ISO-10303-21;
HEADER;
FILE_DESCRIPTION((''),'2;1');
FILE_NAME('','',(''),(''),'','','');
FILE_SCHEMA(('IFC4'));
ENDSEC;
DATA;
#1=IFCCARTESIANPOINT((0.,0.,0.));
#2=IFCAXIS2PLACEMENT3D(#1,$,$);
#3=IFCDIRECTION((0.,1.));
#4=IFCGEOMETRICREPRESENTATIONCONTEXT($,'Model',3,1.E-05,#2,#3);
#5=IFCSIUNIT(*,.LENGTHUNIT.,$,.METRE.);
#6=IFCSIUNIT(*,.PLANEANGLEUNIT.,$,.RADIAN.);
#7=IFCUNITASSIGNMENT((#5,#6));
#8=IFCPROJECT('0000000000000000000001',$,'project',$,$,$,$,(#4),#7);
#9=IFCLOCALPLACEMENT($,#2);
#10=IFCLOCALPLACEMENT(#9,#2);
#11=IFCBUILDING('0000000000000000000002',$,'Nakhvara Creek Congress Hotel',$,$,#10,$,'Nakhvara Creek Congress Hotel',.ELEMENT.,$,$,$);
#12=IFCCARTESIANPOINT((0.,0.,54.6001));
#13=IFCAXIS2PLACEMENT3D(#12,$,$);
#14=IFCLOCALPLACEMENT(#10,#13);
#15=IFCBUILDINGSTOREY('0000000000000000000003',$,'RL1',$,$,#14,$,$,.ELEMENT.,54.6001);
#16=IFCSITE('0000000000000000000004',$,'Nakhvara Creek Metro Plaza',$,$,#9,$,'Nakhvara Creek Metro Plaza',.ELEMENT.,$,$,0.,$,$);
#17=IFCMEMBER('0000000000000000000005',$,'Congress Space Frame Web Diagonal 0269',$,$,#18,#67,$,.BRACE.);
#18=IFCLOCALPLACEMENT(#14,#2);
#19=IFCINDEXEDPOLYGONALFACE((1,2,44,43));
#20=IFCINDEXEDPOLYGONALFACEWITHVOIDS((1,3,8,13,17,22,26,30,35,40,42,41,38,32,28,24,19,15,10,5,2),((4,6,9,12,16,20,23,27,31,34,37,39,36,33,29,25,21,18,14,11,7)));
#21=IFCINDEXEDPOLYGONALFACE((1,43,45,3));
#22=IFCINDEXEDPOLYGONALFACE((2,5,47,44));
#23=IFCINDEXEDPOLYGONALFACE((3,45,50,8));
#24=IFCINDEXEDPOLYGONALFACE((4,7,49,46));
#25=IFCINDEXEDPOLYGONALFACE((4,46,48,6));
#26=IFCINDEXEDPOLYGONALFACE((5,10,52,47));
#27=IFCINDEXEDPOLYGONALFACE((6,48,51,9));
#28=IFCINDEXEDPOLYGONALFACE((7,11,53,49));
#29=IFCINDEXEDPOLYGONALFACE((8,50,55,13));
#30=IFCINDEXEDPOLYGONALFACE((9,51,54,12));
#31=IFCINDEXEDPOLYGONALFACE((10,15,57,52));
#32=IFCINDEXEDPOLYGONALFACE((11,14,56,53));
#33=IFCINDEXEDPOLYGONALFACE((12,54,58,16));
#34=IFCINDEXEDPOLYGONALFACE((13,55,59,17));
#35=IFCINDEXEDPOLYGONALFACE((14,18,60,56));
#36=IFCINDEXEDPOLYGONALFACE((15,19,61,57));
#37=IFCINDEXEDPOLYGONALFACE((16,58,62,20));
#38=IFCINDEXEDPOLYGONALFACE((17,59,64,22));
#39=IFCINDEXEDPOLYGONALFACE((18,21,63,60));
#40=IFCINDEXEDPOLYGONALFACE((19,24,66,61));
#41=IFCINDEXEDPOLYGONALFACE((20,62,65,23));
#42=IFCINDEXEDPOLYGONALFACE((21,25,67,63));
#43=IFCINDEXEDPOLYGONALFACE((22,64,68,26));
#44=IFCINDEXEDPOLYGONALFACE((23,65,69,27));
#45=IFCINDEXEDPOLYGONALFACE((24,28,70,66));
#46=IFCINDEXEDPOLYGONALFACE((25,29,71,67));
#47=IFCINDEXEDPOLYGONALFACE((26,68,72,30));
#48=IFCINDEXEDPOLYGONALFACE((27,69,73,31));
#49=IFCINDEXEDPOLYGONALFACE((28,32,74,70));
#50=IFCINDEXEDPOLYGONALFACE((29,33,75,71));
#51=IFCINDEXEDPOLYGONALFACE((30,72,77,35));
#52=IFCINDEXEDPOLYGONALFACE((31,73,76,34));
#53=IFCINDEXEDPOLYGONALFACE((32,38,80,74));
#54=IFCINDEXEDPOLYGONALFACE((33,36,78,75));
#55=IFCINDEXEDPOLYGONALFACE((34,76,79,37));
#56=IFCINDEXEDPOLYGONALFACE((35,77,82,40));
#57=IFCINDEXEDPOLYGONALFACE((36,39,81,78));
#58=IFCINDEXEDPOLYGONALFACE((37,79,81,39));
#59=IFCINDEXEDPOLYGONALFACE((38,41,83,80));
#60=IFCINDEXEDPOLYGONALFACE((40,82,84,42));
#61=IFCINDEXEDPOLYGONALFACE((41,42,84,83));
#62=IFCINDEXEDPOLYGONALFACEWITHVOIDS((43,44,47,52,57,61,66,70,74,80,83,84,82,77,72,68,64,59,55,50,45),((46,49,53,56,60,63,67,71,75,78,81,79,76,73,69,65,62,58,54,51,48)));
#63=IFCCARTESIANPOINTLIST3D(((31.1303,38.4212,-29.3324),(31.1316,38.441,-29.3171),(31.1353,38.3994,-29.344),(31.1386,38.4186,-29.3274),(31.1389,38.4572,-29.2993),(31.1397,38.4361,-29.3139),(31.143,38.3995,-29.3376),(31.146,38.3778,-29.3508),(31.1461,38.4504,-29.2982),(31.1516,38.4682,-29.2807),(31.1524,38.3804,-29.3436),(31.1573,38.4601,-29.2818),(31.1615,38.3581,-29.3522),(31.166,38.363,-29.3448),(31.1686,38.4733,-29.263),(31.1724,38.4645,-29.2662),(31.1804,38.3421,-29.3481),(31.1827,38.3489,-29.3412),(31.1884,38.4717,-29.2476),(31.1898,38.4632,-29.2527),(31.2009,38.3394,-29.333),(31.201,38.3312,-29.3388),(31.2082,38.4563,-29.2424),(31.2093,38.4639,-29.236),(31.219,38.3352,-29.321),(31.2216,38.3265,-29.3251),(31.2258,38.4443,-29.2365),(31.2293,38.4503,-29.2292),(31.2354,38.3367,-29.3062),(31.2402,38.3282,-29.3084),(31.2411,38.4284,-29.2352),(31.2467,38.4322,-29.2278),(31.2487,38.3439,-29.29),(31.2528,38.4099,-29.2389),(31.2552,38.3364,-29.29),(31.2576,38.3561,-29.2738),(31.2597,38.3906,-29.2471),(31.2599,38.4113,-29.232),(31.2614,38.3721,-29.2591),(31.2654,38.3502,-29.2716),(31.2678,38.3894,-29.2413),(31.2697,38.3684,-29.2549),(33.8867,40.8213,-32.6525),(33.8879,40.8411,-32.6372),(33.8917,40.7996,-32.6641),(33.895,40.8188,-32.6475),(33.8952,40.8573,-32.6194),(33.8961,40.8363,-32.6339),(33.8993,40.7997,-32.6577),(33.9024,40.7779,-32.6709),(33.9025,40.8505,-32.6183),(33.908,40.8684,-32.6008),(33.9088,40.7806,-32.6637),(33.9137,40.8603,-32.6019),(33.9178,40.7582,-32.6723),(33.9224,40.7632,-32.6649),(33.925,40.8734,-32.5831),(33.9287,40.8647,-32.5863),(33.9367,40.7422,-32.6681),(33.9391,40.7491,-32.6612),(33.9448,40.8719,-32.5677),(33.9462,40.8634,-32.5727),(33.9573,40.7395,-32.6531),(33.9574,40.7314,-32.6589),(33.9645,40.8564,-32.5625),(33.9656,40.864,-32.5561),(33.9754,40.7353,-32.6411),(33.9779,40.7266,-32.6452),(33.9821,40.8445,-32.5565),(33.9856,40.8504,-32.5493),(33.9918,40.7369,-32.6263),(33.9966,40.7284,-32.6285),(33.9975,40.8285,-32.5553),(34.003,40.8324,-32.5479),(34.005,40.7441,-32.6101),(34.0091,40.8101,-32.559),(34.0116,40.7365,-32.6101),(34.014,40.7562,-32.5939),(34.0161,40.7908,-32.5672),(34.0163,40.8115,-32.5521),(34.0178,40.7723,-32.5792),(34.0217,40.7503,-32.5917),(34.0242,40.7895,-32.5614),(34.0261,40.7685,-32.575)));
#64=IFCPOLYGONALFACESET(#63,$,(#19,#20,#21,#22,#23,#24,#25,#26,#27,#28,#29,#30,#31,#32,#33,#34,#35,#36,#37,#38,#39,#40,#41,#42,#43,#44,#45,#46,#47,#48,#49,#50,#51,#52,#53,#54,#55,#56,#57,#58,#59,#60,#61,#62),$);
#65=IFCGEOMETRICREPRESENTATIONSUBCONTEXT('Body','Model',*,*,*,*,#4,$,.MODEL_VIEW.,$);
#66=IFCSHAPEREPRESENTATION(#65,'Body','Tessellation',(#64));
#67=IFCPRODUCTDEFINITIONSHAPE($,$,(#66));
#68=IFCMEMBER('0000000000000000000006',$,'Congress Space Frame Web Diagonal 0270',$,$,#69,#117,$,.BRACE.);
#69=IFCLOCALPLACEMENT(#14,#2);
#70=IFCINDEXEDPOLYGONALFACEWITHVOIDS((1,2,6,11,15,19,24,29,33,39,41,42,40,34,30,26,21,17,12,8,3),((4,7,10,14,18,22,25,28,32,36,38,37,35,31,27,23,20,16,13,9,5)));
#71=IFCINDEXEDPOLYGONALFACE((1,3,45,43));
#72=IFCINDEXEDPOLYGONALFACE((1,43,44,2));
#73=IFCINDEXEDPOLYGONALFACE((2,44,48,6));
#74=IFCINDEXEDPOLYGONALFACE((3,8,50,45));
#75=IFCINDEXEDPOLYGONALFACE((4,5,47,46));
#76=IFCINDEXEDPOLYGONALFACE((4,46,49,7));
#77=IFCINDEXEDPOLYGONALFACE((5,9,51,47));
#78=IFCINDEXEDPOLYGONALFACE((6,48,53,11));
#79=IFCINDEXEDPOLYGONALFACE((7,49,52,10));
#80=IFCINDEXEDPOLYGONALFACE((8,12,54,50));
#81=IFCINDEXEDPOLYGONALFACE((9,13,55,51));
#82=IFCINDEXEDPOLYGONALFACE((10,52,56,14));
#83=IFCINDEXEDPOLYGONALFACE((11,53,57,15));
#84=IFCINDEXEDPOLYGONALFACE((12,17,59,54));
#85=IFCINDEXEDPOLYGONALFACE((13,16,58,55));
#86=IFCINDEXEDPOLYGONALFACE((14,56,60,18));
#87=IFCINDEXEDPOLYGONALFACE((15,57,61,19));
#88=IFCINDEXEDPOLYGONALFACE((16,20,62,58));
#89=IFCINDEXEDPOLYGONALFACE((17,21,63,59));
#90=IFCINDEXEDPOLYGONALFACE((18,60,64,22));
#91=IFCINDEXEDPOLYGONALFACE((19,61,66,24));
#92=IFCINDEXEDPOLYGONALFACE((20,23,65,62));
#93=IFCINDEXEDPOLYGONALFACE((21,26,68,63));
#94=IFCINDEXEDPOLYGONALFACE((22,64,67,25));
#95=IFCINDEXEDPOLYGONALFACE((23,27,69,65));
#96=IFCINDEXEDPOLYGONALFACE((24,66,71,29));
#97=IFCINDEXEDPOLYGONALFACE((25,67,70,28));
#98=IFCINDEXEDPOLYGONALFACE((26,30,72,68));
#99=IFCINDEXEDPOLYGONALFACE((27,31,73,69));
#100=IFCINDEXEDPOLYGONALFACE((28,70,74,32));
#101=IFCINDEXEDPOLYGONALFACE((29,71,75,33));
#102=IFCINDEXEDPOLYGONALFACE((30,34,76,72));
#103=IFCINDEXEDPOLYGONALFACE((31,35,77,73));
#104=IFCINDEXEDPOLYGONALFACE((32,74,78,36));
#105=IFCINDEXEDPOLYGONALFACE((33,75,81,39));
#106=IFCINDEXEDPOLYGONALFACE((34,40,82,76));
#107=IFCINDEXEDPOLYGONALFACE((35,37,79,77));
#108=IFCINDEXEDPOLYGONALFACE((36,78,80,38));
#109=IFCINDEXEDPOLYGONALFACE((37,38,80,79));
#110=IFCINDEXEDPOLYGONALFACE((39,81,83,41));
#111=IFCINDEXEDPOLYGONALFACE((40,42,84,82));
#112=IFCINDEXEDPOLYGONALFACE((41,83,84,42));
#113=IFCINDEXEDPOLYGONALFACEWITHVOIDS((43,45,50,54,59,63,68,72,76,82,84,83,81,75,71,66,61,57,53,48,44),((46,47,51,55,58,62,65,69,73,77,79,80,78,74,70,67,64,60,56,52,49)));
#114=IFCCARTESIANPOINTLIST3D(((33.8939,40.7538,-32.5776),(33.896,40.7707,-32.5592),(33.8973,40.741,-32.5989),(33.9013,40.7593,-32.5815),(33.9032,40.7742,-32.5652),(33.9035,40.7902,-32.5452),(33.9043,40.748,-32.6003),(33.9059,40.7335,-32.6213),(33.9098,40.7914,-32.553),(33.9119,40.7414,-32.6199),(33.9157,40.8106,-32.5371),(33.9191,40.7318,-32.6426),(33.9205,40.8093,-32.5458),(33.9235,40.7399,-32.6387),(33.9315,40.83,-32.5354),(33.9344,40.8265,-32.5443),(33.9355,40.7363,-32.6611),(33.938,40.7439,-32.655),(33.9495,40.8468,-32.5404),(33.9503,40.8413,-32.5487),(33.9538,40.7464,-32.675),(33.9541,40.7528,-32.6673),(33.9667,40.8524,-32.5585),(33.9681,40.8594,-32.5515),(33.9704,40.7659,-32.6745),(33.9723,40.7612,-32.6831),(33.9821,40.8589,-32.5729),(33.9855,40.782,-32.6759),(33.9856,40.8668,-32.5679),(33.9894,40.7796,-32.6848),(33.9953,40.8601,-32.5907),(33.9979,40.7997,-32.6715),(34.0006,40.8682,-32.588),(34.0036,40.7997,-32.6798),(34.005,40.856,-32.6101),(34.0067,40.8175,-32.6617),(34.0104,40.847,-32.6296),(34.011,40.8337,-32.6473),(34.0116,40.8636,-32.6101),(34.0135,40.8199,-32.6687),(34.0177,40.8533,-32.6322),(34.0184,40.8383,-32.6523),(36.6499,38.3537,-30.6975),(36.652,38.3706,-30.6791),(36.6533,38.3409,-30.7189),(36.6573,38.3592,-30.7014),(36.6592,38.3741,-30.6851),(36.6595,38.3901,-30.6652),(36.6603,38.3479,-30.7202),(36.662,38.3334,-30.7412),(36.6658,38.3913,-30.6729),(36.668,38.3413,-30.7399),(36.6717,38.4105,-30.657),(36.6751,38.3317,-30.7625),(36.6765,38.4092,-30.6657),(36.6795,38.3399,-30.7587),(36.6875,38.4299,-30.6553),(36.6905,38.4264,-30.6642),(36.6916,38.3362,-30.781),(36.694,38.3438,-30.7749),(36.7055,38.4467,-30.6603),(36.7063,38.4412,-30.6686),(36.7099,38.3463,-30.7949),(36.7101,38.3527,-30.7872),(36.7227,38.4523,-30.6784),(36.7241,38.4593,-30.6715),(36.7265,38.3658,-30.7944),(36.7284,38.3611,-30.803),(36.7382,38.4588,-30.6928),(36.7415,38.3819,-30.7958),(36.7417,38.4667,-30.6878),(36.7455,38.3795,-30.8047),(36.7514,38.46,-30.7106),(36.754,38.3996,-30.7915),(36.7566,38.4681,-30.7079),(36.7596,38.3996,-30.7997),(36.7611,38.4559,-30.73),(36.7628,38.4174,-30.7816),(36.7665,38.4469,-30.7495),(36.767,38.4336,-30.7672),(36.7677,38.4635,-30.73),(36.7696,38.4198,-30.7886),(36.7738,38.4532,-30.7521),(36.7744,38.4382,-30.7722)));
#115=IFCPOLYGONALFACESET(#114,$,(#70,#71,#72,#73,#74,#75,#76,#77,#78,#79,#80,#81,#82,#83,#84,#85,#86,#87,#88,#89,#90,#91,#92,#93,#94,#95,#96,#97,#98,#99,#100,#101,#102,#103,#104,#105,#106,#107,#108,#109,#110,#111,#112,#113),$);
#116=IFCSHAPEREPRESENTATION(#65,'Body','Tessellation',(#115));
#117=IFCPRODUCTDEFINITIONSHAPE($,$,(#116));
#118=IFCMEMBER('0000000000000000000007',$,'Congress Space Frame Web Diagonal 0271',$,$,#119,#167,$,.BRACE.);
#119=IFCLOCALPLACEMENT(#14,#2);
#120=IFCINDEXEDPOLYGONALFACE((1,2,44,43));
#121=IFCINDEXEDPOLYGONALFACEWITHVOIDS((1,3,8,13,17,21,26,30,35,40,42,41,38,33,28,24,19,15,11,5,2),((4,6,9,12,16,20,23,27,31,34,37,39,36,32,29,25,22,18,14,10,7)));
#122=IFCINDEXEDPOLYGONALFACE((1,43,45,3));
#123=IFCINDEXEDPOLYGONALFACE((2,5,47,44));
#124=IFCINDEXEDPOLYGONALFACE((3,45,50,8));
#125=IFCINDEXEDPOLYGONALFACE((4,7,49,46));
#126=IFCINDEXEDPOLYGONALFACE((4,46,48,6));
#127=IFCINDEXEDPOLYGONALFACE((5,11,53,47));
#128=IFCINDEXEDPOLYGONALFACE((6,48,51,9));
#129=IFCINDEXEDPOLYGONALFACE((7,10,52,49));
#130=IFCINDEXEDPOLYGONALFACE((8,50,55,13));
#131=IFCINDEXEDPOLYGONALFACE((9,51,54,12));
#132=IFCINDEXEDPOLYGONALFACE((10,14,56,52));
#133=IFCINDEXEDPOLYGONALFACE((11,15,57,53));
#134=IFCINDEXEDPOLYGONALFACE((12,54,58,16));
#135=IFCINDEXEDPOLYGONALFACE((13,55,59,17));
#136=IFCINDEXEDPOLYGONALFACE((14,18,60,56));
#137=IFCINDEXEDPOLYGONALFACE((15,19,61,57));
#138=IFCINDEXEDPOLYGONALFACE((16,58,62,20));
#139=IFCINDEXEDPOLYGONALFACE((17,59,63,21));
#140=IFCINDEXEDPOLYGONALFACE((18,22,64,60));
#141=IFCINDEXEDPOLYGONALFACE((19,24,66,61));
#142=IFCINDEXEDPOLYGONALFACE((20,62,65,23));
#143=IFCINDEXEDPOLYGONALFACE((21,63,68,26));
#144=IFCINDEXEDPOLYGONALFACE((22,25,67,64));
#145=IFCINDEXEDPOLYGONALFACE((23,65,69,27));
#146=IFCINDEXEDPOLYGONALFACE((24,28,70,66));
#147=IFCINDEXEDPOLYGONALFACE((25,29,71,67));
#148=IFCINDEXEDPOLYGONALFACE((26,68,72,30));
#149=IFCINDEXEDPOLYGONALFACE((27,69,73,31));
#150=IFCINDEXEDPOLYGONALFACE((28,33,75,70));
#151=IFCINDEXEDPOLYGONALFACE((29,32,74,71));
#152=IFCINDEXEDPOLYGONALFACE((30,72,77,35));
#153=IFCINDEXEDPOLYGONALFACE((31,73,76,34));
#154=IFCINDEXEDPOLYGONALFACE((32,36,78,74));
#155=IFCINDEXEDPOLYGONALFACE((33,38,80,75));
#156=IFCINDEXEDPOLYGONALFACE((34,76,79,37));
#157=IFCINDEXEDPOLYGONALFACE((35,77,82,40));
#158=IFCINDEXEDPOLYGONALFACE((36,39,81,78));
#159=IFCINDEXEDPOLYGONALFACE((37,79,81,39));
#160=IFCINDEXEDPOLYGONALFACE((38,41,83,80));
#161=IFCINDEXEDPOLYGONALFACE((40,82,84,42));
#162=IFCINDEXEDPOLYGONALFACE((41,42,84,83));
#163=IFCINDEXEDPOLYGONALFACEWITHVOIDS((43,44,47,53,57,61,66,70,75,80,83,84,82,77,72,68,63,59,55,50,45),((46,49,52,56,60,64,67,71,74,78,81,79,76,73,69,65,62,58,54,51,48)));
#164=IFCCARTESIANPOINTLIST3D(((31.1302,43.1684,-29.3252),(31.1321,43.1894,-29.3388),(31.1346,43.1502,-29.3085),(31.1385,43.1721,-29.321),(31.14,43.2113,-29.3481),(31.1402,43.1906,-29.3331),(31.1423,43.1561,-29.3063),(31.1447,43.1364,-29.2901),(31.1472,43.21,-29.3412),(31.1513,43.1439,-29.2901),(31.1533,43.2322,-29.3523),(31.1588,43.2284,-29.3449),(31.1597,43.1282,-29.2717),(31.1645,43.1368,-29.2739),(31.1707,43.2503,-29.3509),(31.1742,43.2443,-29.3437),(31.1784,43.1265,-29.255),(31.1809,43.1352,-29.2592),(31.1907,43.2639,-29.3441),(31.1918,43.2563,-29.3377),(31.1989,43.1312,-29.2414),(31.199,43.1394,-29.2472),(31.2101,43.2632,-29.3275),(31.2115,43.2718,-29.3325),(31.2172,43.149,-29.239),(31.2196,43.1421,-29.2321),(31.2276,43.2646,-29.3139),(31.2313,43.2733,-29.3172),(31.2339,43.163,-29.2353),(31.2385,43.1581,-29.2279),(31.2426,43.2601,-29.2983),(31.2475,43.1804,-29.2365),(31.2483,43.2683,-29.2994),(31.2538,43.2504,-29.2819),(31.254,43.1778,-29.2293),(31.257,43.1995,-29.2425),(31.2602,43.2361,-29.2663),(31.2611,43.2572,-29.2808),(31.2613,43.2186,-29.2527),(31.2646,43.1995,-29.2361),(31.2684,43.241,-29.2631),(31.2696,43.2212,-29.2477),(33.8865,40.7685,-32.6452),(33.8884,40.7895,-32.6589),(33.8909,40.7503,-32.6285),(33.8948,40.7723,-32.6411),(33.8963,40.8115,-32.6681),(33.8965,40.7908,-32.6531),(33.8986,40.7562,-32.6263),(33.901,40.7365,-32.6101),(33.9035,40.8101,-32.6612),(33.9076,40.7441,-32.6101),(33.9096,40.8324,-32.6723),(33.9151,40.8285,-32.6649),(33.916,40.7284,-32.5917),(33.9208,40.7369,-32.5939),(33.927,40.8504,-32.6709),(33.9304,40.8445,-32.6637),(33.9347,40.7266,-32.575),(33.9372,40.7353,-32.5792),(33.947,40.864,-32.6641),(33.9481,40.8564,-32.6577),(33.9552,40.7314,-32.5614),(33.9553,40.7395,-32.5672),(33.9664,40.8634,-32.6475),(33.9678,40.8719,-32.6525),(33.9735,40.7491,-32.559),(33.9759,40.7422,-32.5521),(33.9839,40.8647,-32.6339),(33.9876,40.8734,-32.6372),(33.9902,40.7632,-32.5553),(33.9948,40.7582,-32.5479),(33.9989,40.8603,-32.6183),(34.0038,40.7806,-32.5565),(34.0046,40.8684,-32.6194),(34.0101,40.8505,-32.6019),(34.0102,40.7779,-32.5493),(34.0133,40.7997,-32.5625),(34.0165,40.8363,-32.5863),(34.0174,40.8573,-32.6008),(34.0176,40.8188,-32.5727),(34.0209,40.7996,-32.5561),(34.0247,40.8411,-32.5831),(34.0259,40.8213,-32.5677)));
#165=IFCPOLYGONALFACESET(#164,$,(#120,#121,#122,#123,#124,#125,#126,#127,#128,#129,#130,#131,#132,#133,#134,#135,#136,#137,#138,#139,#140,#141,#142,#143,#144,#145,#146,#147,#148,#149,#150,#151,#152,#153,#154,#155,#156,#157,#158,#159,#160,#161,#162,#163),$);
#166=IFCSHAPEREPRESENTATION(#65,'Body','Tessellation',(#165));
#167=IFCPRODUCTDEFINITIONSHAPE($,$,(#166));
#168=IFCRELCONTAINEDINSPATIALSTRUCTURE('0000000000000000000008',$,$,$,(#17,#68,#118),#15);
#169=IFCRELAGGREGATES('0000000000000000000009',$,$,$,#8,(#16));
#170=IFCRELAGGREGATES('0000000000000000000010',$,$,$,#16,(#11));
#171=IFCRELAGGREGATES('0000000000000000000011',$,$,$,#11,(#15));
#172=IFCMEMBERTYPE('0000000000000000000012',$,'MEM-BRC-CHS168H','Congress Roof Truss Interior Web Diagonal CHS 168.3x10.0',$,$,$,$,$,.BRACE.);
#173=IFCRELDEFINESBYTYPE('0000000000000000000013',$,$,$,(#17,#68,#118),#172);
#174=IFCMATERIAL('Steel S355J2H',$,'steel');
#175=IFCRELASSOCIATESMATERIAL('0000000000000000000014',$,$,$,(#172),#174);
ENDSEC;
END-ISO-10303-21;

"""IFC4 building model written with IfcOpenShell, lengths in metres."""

from ifc_helpers import new_model, si_unit, direction, frame, origin, origin_2d, place, context, subcontext, project, spatial, hollow_circle, extrude, material, material_profile, profile_set, type_object, element, save


model = new_model("IFC4")

# Units and contexts
model_context = context("Model", 3, precision=1e-05, world=origin(), true_north=direction((0.0, 1.0)))
body_context = subcontext(model_context, "Body", "Model", "MODEL_VIEW")
ifc_project = project(units=[si_unit("LENGTHUNIT", "METRE"), si_unit("PLANEANGLEUNIT", "RADIAN")], contexts=[model_context])

# Site, building, storey
site_placement = place(None, origin())
site = spatial("IfcSite", under=ifc_project, at=site_placement, Name="Nakhvara Creek Metro Plaza", LongName="Nakhvara Creek Metro Plaza", CompositionType="ELEMENT", RefElevation=0.0)
building_placement = place(site_placement, origin())
building = spatial("IfcBuilding", under=site, at=building_placement, Name="Nakhvara Creek Congress Hotel", LongName="Nakhvara Creek Congress Hotel", CompositionType="ELEMENT")
storey_placement = place(building_placement, frame((0.0, 0.0, 54.6001)))
storey = spatial("IfcBuildingStorey", under=building, at=storey_placement, Name="RL1", CompositionType="ELEMENT", Elevation=54.6001)

# Members
ifc_material_1 = material(Name="Steel S355J2H", Category="steel")
ifc_material_profile_1 = material_profile(ifc_material_1, hollow_circle(Radius=0.0842, WallThickness=0.01, at=origin_2d()), Name="CHS 168.3x10.0", Category="LoadBearing")
ifc_profile_set_1 = profile_set([ifc_material_profile_1], Name="Steel S355J2H")
member_type_1 = type_object("IfcMemberType", Name="MEM-BRC-CHS168H", Description="Congress Roof Truss Interior Web Diagonal CHS 168.3x10.0", PredefinedType="BRACE", material=ifc_profile_set_1)
member_1_placement = place(storey_placement, frame((33.9563, 40.8, -32.6101), z_axis=(-0.558224, -0.486085, 0.67239), x_axis=(0.656696, -0.754155, 0.0)))
element("IfcMember", 1, at=member_1_placement, inside=storey, type_object=member_type_1, Name="Congress Space Frame Web Diagonal 0269", PredefinedType="BRACE", context=body_context, shape_type="SweptSolid", body=[
    extrude(hollow_circle(Radius=0.0842, WallThickness=0.01, at=origin_2d()), origin(), (0.0, 0.0, 1.0), 4.9377),
])
member_2_placement = place(storey_placement, frame((33.9563, 40.8, -32.6101), z_axis=(0.670593, -0.583984, 0.457457), x_axis=(0.656729, 0.754126, 0.0)))
element("IfcMember", 2, at=member_2_placement, inside=storey, type_object=member_type_1, Name="Congress Space Frame Web Diagonal 0270", PredefinedType="BRACE", context=body_context, shape_type="SweptSolid", body=[
    extrude(hollow_circle(Radius=0.0842, WallThickness=0.01, at=origin_2d()), origin(), (0.0, 0.0, 1.0), 4.1099),
])
member_3_placement = place(storey_placement, frame((33.9563, 40.8, -32.6101), z_axis=(-0.558237, 0.486047, 0.672406), x_axis=(-0.656658, -0.754188, 0.0)))
element("IfcMember", 3, at=member_3_placement, inside=storey, type_object=member_type_1, Name="Congress Space Frame Web Diagonal 0271", PredefinedType="BRACE", context=body_context, shape_type="SweptSolid", body=[
    extrude(hollow_circle(Radius=0.0842, WallThickness=0.01, at=origin_2d()), origin(), (0.0, 0.0, 1.0), 4.9375),
])

save(model, "model.ifc")
